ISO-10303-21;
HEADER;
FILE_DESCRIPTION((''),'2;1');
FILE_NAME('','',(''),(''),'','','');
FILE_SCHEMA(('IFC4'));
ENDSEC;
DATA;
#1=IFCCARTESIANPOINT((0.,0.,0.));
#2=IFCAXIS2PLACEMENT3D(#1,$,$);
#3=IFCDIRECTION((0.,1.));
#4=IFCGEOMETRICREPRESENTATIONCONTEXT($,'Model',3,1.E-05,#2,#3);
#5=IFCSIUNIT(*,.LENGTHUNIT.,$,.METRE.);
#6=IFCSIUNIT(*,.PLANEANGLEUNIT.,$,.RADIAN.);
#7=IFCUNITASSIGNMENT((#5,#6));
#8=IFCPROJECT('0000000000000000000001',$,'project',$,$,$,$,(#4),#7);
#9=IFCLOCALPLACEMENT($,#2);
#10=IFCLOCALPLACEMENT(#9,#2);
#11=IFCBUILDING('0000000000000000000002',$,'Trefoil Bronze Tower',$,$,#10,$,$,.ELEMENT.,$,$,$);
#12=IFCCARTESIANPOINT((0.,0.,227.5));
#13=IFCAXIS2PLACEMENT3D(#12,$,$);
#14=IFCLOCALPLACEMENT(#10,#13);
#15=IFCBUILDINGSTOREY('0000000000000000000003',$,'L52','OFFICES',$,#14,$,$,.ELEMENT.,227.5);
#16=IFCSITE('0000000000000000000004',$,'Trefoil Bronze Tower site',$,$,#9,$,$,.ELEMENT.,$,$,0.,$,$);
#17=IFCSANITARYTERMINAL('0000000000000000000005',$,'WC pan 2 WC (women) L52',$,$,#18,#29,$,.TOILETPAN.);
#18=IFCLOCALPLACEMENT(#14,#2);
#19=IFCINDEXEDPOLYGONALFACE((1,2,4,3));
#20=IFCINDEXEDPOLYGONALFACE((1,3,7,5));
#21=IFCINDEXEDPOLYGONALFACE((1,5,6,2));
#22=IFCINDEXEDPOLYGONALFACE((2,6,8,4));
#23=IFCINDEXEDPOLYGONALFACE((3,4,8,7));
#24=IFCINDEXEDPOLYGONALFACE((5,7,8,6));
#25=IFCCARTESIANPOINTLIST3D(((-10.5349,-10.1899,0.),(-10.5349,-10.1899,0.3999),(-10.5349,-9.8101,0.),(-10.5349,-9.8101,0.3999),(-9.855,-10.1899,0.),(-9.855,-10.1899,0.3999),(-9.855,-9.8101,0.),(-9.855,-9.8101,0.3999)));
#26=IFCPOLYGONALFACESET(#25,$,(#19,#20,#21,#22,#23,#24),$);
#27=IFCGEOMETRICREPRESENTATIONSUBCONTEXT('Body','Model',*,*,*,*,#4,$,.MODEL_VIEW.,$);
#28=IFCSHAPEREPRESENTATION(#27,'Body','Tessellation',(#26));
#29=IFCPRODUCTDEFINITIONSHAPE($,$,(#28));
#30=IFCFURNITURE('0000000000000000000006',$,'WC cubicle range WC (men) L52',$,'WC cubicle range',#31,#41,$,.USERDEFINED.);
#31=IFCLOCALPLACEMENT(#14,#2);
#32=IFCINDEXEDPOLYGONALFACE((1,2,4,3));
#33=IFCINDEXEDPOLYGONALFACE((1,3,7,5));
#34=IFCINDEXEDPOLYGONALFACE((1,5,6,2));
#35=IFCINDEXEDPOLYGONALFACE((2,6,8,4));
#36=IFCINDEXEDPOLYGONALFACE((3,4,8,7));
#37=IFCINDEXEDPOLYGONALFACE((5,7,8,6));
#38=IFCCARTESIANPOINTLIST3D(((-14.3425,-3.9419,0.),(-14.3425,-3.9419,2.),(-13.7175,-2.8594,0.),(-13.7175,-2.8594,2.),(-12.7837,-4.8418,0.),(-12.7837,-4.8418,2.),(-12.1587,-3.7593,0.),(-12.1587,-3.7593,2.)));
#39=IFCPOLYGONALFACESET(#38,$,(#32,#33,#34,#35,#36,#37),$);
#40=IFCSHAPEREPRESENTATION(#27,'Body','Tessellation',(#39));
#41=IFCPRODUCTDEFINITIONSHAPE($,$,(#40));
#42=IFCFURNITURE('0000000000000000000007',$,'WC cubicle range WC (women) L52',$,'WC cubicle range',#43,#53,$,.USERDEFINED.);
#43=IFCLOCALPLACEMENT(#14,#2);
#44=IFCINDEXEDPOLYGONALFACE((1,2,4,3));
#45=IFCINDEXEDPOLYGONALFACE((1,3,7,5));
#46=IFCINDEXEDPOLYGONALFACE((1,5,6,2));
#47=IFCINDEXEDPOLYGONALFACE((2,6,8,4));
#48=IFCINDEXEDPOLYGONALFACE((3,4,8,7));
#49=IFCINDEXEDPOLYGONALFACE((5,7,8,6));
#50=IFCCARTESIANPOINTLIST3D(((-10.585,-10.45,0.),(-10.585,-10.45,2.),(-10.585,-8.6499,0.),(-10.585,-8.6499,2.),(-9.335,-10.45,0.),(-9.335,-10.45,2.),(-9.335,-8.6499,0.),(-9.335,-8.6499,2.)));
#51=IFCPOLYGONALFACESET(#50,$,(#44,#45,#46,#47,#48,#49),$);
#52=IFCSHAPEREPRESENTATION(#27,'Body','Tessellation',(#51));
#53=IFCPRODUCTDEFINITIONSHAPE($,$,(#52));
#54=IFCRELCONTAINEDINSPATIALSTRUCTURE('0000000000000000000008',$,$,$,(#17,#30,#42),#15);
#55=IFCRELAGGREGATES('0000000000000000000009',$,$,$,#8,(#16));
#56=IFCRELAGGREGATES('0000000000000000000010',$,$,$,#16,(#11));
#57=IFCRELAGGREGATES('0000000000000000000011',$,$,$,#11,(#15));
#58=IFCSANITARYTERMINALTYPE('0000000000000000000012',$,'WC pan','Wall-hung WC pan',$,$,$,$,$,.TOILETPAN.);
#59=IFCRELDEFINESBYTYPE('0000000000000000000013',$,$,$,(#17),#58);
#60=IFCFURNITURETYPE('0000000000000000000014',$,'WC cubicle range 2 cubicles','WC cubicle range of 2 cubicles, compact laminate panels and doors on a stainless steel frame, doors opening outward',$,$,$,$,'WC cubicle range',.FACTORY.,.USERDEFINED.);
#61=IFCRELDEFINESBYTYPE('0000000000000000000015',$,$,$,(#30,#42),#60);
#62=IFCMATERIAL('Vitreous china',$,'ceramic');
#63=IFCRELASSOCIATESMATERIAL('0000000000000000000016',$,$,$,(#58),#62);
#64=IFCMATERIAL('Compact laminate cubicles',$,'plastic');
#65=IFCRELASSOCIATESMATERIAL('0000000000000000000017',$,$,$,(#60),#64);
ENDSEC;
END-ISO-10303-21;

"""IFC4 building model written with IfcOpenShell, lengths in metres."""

from ifc_helpers import new_model, si_unit, direction, frame, origin, place, context, subcontext, project, spatial, polyline, outline, extrude, material, type_object, element, save


model = new_model("IFC4")

# Units and contexts
model_context = context("Model", 3, precision=1e-05, world=origin(), true_north=direction((0.0, 1.0)))
body_context = subcontext(model_context, "Body", "Model", "MODEL_VIEW")
ifc_project = project(units=[si_unit("LENGTHUNIT", "METRE"), si_unit("PLANEANGLEUNIT", "RADIAN")], contexts=[model_context])

# Site, building, storey
site_placement = place(None, origin())
site = spatial("IfcSite", under=ifc_project, at=site_placement, Name="Trefoil Bronze Tower site", CompositionType="ELEMENT", RefElevation=0.0)
building_placement = place(site_placement, origin())
building = spatial("IfcBuilding", under=site, at=building_placement, Name="Trefoil Bronze Tower", CompositionType="ELEMENT")
storey_placement = place(building_placement, frame((0.0, 0.0, 227.5)))
storey = spatial("IfcBuildingStorey", under=building, at=storey_placement, Name="L52", Description="OFFICES", CompositionType="ELEMENT", Elevation=227.5)

# Sanitary terminal
ifc_material_1 = material(Name="Vitreous china", Category="ceramic")
sanitary_terminal_type_1 = type_object("IfcSanitaryTerminalType", Name="WC pan", Description="Wall-hung WC pan", PredefinedType="TOILETPAN", material=ifc_material_1)
sanitary_terminal_1_placement = place(storey_placement, origin())
element("IfcSanitaryTerminal", 1, at=sanitary_terminal_1_placement, inside=storey, type_object=sanitary_terminal_type_1, Name="WC pan 2 WC (women) L52", PredefinedType="TOILETPAN", context=body_context, shape_type="SweptSolid", body=[
    extrude(outline(polyline([(-9.855, -9.8101), (-10.5349, -9.8101), (-10.5349, -10.1899), (-9.855, -10.1899), (-9.855, -9.8101)])), origin(), (0.0, 0.0, 1.0), 0.3999),
])

# Furniture
ifc_material_2 = material(Name="Compact laminate cubicles", Category="plastic")
furniture_type = type_object("IfcFurnitureType", Name="WC cubicle range 2 cubicles", Description="WC cubicle range of 2 cubicles, compact laminate panels and doors on a stainless steel frame, doors opening outward", ElementType="WC cubicle range", AssemblyPlace="FACTORY", PredefinedType="USERDEFINED", material=ifc_material_2)
furniture_1_placement = place(storey_placement, origin())
element("IfcFurniture", 2, at=furniture_1_placement, inside=storey, type_object=furniture_type, Name="WC cubicle range WC (men) L52", ObjectType="WC cubicle range", PredefinedType="USERDEFINED", context=body_context, shape_type="SweptSolid", body=[
    extrude(outline(polyline([(-12.1587, -3.7593), (-12.7837, -4.8418), (-14.3425, -3.9419), (-13.7175, -2.8594), (-12.1587, -3.7593)])), origin(), (0.0, 0.0, 1.0), 2.0),
])
furniture_2_placement = place(storey_placement, origin())
element("IfcFurniture", 3, at=furniture_2_placement, inside=storey, type_object=furniture_type, Name="WC cubicle range WC (women) L52", ObjectType="WC cubicle range", PredefinedType="USERDEFINED", context=body_context, shape_type="SweptSolid", body=[
    extrude(outline(polyline([(-9.335, -8.6499), (-10.585, -8.6499), (-10.585, -10.45), (-9.335, -10.45), (-9.335, -8.6499)])), origin(), (0.0, 0.0, 1.0), 2.0),
])

save(model, "model.ifc")
